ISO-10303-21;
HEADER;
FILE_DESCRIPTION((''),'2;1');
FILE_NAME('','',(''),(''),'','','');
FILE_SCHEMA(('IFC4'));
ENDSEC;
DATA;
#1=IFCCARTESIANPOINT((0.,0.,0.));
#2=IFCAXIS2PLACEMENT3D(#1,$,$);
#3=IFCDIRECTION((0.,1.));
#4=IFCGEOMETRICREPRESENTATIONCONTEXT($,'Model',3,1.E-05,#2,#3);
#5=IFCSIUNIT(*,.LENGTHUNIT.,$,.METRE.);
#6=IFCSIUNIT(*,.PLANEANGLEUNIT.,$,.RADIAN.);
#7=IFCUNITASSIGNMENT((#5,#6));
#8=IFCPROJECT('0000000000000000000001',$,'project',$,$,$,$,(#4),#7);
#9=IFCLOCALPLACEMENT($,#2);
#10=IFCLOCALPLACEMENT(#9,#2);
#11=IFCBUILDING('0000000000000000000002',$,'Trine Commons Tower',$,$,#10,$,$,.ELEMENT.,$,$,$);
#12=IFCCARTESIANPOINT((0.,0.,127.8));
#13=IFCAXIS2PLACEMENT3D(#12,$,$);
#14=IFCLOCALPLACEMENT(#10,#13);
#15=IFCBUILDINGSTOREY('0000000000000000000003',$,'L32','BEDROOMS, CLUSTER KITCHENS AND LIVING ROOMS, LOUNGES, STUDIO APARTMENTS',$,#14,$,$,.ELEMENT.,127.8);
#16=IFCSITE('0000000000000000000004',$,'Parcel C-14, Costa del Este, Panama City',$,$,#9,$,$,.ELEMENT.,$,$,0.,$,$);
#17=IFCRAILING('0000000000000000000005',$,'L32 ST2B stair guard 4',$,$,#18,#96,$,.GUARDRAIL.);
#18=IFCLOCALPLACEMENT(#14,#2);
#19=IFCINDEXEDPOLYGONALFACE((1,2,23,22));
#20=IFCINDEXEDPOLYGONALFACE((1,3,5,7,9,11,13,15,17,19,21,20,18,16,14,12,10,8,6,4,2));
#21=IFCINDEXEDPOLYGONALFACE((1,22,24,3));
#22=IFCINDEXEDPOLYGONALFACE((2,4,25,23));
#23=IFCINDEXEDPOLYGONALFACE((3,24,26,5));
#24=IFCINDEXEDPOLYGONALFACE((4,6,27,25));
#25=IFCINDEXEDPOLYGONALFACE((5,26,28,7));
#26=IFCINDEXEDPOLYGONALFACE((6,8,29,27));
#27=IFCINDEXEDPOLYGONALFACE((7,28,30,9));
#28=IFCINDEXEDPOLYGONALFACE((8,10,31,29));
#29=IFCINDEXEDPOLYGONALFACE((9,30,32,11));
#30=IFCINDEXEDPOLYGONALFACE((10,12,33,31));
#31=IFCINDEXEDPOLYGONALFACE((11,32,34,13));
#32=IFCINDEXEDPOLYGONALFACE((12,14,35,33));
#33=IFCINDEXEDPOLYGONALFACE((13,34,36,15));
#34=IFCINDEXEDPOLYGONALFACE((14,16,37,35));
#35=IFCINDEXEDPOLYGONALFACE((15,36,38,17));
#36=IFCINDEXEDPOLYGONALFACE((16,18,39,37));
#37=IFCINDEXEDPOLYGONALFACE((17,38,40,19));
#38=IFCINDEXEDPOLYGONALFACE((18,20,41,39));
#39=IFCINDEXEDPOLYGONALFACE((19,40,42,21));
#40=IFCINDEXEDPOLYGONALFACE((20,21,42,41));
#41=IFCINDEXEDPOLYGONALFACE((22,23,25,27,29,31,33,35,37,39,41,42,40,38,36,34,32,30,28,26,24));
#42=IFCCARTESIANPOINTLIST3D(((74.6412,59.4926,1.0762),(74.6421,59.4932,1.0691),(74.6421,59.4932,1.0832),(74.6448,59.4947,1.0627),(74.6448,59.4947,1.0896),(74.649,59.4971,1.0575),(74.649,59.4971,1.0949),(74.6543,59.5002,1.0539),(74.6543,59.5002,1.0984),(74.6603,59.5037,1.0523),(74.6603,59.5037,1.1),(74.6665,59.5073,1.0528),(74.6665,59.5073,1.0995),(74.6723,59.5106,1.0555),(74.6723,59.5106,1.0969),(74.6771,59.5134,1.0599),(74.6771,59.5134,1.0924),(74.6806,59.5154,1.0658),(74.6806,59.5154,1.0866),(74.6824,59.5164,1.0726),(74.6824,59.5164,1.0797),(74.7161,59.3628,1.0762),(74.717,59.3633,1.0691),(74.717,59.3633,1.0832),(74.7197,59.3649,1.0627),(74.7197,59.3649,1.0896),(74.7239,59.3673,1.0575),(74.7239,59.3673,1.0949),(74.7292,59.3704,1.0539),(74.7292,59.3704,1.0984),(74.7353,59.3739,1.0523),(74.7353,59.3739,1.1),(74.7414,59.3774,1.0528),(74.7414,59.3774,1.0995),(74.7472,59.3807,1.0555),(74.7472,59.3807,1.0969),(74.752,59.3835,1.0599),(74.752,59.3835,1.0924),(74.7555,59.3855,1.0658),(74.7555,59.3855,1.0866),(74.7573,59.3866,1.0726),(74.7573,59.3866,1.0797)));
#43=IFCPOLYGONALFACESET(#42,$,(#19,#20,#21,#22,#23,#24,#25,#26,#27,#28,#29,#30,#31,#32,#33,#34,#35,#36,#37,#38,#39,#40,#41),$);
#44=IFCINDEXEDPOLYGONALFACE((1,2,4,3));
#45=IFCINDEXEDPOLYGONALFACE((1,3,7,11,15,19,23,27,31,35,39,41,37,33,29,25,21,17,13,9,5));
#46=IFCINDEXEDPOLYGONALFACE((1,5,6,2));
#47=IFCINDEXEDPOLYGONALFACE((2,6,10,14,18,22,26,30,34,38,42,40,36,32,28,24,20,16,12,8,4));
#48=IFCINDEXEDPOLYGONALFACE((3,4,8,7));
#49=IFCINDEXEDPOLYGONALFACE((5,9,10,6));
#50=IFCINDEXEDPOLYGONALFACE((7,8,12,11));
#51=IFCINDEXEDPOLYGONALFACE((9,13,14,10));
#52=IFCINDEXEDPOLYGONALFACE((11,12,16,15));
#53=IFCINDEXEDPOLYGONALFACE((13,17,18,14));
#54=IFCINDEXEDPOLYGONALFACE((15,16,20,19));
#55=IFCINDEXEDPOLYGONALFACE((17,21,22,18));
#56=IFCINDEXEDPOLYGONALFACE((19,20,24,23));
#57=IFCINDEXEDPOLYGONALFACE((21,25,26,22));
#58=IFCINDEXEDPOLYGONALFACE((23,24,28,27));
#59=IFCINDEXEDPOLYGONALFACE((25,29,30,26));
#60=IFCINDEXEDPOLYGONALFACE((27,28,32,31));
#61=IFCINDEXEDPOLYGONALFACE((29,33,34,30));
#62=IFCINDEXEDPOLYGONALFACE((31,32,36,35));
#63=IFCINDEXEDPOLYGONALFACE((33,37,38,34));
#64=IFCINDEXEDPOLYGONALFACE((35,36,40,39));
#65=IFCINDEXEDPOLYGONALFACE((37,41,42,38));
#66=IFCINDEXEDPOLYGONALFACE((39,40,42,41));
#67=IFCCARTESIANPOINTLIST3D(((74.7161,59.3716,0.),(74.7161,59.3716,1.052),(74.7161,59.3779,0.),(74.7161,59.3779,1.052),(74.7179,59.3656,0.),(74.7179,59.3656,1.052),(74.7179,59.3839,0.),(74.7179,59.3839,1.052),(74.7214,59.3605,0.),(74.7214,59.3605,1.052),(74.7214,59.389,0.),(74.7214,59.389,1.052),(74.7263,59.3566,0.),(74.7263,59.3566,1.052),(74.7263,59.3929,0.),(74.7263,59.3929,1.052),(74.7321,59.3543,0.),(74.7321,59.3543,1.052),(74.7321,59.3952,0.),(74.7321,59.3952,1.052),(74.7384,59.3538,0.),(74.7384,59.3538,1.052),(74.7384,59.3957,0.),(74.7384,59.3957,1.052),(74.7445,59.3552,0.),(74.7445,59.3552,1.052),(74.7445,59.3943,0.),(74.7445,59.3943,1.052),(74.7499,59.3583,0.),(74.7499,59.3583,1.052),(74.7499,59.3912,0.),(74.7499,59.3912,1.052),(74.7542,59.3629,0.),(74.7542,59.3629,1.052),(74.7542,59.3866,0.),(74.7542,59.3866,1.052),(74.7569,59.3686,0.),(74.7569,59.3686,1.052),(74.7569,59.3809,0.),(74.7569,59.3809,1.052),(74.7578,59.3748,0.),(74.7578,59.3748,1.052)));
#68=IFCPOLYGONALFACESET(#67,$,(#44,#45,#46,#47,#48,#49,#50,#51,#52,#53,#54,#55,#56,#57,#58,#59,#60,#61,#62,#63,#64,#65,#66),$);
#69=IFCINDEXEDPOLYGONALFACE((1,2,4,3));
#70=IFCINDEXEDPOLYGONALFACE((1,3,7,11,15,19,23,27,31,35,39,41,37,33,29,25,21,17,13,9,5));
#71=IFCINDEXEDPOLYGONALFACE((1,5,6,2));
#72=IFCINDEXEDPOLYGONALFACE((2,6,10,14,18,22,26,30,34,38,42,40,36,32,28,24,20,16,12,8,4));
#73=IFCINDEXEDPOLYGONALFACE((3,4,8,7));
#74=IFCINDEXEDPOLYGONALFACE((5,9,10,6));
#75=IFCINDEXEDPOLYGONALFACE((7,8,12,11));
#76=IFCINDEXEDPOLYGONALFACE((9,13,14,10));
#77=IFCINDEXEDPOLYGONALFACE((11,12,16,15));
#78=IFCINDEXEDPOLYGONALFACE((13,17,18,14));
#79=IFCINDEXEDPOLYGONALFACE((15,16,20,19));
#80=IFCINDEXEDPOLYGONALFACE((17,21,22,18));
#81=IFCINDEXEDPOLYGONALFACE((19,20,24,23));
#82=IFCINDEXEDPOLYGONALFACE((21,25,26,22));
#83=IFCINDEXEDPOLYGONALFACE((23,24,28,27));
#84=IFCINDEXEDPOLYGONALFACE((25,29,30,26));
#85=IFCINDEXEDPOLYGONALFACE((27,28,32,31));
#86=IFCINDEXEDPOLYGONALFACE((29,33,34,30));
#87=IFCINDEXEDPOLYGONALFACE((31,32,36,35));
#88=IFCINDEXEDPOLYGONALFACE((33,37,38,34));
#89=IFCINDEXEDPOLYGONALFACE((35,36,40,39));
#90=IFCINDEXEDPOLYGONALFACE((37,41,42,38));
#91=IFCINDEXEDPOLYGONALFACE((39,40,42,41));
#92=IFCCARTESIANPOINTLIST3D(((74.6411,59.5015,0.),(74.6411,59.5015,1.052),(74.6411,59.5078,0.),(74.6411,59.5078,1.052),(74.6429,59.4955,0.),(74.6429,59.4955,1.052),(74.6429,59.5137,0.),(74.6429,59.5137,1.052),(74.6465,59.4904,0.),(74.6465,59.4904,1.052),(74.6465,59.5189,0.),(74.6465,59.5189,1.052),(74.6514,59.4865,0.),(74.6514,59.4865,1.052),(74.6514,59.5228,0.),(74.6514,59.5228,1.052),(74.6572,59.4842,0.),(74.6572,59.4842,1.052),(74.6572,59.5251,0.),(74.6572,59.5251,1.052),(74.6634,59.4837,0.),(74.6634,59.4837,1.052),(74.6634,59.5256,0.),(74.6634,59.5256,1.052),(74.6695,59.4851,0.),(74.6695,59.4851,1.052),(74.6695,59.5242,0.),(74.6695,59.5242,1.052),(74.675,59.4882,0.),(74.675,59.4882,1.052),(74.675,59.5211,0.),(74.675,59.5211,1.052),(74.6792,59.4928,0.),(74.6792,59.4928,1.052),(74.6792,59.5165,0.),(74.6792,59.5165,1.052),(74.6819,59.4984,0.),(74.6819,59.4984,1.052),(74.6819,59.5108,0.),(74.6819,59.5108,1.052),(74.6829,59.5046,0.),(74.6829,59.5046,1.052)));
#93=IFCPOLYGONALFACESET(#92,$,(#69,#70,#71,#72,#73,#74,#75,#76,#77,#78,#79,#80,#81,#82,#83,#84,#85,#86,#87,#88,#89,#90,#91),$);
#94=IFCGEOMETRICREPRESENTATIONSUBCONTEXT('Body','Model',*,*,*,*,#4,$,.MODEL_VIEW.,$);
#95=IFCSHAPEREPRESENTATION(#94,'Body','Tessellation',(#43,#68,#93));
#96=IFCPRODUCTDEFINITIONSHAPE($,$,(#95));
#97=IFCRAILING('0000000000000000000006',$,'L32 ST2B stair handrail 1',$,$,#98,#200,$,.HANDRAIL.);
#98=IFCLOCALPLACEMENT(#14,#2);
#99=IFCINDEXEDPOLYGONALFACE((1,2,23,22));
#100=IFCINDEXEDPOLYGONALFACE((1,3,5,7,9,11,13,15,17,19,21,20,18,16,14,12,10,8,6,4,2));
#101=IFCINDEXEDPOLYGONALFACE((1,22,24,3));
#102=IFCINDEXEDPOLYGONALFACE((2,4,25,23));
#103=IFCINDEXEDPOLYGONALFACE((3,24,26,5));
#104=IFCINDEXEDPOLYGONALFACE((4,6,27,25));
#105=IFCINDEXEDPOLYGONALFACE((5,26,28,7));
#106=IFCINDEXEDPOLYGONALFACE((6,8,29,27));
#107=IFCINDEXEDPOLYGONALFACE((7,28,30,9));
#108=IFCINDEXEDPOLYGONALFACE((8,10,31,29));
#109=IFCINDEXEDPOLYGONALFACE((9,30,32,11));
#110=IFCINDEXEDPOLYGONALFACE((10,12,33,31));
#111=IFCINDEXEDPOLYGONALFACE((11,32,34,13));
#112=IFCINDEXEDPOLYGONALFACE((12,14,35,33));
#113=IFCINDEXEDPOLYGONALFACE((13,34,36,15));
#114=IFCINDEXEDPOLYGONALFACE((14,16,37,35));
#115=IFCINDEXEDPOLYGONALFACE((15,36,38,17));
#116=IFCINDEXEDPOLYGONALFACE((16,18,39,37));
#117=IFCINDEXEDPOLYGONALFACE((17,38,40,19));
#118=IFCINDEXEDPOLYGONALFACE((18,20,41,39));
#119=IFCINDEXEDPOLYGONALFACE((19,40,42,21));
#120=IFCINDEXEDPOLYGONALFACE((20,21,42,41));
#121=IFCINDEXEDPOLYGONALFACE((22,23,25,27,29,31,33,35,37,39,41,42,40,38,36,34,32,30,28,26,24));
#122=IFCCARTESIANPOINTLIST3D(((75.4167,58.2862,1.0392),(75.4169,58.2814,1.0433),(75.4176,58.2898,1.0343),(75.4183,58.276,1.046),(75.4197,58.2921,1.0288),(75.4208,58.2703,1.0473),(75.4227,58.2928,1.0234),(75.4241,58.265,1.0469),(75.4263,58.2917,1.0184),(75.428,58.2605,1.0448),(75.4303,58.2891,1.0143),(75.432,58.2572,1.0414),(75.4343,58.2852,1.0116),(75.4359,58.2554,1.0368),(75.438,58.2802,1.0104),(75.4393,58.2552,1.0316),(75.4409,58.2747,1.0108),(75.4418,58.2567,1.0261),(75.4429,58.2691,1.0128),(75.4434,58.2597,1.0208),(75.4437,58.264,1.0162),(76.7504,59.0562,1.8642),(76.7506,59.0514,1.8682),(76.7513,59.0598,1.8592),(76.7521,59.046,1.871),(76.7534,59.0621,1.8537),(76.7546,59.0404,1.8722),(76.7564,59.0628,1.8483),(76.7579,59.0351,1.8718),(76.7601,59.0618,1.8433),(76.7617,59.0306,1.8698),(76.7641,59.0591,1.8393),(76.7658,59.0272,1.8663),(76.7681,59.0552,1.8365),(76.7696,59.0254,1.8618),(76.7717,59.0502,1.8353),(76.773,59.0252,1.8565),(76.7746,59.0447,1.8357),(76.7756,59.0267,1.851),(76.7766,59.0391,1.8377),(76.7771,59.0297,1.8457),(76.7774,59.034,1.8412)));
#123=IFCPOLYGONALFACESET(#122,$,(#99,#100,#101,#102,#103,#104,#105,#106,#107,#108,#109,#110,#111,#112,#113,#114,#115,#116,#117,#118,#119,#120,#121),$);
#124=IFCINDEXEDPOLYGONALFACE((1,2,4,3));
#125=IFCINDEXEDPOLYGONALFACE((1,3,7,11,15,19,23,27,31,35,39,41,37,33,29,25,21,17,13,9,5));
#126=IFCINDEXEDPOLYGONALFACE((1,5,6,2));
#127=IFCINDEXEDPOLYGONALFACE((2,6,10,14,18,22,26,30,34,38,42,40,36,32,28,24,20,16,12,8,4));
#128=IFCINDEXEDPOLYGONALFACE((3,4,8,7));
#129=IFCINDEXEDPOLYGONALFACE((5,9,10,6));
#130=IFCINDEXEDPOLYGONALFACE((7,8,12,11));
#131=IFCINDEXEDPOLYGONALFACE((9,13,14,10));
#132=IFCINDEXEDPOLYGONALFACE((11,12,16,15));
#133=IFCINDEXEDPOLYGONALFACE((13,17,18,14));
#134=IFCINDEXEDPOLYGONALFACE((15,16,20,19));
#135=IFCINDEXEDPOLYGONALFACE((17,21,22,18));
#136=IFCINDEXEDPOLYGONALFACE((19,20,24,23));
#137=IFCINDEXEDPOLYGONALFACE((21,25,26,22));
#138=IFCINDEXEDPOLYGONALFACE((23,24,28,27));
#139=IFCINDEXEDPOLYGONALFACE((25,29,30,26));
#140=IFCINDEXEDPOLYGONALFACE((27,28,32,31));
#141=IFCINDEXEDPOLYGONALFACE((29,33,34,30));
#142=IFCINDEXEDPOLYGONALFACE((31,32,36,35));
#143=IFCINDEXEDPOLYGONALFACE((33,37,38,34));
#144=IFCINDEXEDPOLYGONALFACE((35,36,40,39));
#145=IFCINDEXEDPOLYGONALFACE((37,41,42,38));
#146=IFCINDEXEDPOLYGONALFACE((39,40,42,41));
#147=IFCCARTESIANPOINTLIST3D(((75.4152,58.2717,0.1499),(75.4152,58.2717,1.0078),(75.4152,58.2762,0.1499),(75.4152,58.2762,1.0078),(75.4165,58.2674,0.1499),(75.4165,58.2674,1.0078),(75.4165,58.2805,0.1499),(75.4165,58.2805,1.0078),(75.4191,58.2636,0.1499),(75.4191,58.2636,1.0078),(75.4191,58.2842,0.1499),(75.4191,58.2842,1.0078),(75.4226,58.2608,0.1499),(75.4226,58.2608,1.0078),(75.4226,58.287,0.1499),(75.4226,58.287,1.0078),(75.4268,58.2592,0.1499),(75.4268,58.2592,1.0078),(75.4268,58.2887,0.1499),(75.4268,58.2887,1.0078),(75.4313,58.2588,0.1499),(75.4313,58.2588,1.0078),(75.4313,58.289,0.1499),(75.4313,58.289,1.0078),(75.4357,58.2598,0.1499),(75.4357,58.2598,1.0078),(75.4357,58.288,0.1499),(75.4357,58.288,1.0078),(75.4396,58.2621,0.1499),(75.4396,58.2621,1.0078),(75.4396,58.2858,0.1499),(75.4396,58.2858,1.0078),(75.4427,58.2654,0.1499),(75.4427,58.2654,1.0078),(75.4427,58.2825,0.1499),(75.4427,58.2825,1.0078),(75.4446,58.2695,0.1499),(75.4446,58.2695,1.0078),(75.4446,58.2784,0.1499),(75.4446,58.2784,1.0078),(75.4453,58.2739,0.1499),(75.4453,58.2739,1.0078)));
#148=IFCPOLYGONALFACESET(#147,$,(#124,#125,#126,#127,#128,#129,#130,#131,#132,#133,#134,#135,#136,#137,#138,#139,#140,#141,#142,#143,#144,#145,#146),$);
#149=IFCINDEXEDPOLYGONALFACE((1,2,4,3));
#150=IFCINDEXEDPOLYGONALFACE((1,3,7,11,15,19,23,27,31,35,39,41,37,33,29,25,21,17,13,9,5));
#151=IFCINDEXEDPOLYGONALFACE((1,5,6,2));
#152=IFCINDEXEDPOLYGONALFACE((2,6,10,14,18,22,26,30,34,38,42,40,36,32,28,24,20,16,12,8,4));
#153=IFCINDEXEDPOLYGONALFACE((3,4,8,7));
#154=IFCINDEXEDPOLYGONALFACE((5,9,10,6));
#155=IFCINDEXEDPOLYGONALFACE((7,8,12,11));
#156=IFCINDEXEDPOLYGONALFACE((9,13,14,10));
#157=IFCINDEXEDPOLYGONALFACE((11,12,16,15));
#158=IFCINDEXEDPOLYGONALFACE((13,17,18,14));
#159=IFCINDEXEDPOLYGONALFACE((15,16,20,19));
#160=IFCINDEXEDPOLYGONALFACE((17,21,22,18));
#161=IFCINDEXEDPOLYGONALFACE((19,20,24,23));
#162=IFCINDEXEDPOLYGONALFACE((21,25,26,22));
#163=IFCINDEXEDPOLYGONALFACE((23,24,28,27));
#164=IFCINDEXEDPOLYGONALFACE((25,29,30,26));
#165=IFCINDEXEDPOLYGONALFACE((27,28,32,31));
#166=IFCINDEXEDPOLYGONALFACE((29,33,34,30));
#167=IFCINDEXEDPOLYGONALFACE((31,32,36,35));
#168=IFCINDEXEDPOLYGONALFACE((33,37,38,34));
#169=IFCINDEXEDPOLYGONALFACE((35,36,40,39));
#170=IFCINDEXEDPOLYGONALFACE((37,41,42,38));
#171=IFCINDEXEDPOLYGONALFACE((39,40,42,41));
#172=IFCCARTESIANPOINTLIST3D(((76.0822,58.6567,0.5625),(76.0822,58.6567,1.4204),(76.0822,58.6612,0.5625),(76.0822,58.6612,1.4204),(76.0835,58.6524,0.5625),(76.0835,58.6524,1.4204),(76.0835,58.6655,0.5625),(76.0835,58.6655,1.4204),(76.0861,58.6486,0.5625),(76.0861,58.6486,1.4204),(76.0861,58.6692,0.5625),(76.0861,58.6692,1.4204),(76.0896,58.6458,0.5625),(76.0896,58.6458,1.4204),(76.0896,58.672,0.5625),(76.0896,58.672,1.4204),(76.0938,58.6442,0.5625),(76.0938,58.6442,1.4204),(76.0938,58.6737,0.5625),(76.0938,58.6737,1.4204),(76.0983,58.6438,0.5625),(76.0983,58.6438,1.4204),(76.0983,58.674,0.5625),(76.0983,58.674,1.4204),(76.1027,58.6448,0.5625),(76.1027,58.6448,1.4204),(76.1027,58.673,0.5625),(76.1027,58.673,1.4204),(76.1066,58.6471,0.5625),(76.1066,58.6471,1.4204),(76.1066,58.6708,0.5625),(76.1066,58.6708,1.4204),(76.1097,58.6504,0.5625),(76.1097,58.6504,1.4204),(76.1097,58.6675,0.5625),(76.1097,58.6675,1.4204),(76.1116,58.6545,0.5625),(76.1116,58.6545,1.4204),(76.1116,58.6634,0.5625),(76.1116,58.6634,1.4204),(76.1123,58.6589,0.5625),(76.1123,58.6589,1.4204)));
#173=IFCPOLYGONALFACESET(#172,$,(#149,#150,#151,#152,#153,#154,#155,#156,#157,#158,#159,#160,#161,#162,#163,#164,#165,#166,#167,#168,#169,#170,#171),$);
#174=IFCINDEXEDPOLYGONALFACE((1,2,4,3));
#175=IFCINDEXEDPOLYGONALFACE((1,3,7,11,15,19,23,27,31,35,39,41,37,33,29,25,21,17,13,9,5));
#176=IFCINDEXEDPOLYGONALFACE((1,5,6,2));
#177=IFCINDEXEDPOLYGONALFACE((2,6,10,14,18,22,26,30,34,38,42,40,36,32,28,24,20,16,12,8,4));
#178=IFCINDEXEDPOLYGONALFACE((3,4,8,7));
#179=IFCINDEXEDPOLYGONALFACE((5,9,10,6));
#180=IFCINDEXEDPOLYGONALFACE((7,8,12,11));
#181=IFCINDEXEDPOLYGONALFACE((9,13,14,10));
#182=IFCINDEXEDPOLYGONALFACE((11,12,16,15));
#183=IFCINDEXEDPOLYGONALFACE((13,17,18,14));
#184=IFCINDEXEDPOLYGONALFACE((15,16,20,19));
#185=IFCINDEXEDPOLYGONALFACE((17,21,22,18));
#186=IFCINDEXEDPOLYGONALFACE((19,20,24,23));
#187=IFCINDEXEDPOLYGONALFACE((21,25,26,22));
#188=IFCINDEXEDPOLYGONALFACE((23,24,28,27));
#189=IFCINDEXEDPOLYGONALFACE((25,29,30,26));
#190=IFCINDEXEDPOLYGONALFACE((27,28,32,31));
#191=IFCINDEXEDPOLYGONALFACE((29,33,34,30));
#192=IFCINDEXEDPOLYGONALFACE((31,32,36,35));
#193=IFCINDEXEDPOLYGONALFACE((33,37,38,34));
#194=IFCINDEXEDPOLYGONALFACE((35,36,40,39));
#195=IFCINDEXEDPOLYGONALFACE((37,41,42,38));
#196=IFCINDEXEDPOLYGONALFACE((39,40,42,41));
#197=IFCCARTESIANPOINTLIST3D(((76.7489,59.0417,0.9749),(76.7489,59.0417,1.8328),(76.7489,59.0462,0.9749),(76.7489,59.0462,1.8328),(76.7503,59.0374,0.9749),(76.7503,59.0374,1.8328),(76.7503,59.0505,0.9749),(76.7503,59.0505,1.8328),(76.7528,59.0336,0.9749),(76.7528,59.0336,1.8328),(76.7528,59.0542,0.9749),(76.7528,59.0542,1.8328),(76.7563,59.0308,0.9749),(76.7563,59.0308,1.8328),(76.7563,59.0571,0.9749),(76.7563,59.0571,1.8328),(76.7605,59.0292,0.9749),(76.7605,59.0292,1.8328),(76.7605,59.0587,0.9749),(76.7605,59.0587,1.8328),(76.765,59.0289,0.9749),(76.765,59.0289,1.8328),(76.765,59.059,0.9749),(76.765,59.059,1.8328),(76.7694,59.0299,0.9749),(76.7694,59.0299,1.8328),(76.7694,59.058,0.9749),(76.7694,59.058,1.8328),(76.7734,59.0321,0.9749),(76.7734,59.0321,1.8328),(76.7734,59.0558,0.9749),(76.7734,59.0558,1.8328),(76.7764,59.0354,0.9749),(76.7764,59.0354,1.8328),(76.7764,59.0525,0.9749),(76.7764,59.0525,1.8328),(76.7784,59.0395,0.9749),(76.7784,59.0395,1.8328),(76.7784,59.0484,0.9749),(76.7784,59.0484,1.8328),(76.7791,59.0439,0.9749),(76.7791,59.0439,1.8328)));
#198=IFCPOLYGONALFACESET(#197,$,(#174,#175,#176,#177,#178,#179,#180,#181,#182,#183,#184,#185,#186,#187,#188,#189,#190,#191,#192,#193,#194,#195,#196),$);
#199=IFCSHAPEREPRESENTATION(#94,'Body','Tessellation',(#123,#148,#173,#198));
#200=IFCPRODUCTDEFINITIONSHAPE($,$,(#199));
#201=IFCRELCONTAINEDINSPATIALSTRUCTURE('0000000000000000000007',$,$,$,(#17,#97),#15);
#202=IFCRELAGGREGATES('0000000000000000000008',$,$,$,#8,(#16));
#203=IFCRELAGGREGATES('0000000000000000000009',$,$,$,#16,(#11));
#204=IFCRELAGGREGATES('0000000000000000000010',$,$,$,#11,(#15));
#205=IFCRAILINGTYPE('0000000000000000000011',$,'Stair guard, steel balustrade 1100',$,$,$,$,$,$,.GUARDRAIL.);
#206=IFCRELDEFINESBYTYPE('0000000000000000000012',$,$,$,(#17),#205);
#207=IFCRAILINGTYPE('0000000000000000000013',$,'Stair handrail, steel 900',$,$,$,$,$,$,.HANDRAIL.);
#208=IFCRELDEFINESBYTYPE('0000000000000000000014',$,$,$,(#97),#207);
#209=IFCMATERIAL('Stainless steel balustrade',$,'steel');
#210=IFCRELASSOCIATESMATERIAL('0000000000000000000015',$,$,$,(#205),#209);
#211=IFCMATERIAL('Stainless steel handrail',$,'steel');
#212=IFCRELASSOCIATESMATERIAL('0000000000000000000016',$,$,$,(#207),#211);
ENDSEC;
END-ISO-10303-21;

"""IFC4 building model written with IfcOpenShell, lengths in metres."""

from ifc_helpers import new_model, si_unit, direction, frame, origin, origin_2d, place, context, subcontext, project, spatial, circle, extrude, material, type_object, element, save


model = new_model("IFC4")

# Units and contexts
model_context = context("Model", 3, precision=1e-05, world=origin(), true_north=direction((0.0, 1.0)))
body_context = subcontext(model_context, "Body", "Model", "MODEL_VIEW")
ifc_project = project(units=[si_unit("LENGTHUNIT", "METRE"), si_unit("PLANEANGLEUNIT", "RADIAN")], contexts=[model_context])

# Site, building, storey
site_placement = place(None, origin())
site = spatial("IfcSite", under=ifc_project, at=site_placement, Name="Parcel C-14, Costa del Este, Panama City", CompositionType="ELEMENT", RefElevation=0.0)
building_placement = place(site_placement, origin())
building = spatial("IfcBuilding", under=site, at=building_placement, Name="Trine Commons Tower", CompositionType="ELEMENT")
storey_placement = place(building_placement, frame((0.0, 0.0, 127.8)))
storey = spatial("IfcBuildingStorey", under=building, at=storey_placement, Name="L32", Description="BEDROOMS, CLUSTER KITCHENS AND LIVING ROOMS, LOUNGES, STUDIO APARTMENTS", CompositionType="ELEMENT", Elevation=127.8)

# Railings
ifc_material_1 = material(Name="Stainless steel balustrade", Category="steel")
railing_type_1 = type_object("IfcRailingType", Name="Stair guard, steel balustrade 1100", PredefinedType="GUARDRAIL", material=ifc_material_1)
railing_1_placement = place(storey_placement, frame((74.7368, 59.3748, 0.0)))
element("IfcRailing", 1, at=railing_1_placement, inside=storey, type_object=railing_type_1, Name="L32 ST2B stair guard 4", PredefinedType="GUARDRAIL", context=body_context, shape_type="SweptSolid", body=[
    extrude(circle(Radius=0.0239, at=origin_2d()), frame((0.0, 0.0, 1.0762), z_axis=(-0.499816, 0.866131, 0.0), x_axis=(-0.866131, -0.499816, 0.0)), (0.0, 0.0, 1.0), 0.1499),
    extrude(circle(Radius=0.021, at=origin_2d()), origin(), (0.0, 0.0, 1.0), 1.052),
    extrude(circle(Radius=0.021, at=origin_2d()), frame((-0.075, 0.1299, 0.0)), (0.0, 0.0, 1.0), 1.052),
])
ifc_material_2 = material(Name="Stainless steel handrail", Category="steel")
railing_type_2 = type_object("IfcRailingType", Name="Stair handrail, steel 900", PredefinedType="HANDRAIL", material=ifc_material_2)
railing_2_placement = place(storey_placement, frame((75.4302, 58.2739, 0.1499)))
element("IfcRailing", 2, at=railing_2_placement, inside=storey, type_object=railing_type_2, Name="L32 ST2B stair handrail 1", PredefinedType="HANDRAIL", context=body_context, shape_type="SweptSolid", body=[
    extrude(circle(Radius=0.021, at=origin_2d()), frame((0.0, 0.0, 0.8789), z_axis=(0.763405, 0.440743, 0.472185), x_axis=(-0.499992, 0.86603, 0.0)), (0.0, 0.0, 1.0), 1.7471),
    extrude(circle(Radius=0.0151, at=origin_2d()), origin(), (0.0, 0.0, 1.0), 0.8579),
    extrude(circle(Radius=0.0151, at=origin_2d()), frame((0.667, 0.385, 0.4126)), (0.0, 0.0, 1.0), 0.8579),
    extrude(circle(Radius=0.0151, at=origin_2d()), frame((1.3337, 0.77, 0.825)), (0.0, 0.0, 1.0), 0.8579),
])

save(model, "model.ifc")
